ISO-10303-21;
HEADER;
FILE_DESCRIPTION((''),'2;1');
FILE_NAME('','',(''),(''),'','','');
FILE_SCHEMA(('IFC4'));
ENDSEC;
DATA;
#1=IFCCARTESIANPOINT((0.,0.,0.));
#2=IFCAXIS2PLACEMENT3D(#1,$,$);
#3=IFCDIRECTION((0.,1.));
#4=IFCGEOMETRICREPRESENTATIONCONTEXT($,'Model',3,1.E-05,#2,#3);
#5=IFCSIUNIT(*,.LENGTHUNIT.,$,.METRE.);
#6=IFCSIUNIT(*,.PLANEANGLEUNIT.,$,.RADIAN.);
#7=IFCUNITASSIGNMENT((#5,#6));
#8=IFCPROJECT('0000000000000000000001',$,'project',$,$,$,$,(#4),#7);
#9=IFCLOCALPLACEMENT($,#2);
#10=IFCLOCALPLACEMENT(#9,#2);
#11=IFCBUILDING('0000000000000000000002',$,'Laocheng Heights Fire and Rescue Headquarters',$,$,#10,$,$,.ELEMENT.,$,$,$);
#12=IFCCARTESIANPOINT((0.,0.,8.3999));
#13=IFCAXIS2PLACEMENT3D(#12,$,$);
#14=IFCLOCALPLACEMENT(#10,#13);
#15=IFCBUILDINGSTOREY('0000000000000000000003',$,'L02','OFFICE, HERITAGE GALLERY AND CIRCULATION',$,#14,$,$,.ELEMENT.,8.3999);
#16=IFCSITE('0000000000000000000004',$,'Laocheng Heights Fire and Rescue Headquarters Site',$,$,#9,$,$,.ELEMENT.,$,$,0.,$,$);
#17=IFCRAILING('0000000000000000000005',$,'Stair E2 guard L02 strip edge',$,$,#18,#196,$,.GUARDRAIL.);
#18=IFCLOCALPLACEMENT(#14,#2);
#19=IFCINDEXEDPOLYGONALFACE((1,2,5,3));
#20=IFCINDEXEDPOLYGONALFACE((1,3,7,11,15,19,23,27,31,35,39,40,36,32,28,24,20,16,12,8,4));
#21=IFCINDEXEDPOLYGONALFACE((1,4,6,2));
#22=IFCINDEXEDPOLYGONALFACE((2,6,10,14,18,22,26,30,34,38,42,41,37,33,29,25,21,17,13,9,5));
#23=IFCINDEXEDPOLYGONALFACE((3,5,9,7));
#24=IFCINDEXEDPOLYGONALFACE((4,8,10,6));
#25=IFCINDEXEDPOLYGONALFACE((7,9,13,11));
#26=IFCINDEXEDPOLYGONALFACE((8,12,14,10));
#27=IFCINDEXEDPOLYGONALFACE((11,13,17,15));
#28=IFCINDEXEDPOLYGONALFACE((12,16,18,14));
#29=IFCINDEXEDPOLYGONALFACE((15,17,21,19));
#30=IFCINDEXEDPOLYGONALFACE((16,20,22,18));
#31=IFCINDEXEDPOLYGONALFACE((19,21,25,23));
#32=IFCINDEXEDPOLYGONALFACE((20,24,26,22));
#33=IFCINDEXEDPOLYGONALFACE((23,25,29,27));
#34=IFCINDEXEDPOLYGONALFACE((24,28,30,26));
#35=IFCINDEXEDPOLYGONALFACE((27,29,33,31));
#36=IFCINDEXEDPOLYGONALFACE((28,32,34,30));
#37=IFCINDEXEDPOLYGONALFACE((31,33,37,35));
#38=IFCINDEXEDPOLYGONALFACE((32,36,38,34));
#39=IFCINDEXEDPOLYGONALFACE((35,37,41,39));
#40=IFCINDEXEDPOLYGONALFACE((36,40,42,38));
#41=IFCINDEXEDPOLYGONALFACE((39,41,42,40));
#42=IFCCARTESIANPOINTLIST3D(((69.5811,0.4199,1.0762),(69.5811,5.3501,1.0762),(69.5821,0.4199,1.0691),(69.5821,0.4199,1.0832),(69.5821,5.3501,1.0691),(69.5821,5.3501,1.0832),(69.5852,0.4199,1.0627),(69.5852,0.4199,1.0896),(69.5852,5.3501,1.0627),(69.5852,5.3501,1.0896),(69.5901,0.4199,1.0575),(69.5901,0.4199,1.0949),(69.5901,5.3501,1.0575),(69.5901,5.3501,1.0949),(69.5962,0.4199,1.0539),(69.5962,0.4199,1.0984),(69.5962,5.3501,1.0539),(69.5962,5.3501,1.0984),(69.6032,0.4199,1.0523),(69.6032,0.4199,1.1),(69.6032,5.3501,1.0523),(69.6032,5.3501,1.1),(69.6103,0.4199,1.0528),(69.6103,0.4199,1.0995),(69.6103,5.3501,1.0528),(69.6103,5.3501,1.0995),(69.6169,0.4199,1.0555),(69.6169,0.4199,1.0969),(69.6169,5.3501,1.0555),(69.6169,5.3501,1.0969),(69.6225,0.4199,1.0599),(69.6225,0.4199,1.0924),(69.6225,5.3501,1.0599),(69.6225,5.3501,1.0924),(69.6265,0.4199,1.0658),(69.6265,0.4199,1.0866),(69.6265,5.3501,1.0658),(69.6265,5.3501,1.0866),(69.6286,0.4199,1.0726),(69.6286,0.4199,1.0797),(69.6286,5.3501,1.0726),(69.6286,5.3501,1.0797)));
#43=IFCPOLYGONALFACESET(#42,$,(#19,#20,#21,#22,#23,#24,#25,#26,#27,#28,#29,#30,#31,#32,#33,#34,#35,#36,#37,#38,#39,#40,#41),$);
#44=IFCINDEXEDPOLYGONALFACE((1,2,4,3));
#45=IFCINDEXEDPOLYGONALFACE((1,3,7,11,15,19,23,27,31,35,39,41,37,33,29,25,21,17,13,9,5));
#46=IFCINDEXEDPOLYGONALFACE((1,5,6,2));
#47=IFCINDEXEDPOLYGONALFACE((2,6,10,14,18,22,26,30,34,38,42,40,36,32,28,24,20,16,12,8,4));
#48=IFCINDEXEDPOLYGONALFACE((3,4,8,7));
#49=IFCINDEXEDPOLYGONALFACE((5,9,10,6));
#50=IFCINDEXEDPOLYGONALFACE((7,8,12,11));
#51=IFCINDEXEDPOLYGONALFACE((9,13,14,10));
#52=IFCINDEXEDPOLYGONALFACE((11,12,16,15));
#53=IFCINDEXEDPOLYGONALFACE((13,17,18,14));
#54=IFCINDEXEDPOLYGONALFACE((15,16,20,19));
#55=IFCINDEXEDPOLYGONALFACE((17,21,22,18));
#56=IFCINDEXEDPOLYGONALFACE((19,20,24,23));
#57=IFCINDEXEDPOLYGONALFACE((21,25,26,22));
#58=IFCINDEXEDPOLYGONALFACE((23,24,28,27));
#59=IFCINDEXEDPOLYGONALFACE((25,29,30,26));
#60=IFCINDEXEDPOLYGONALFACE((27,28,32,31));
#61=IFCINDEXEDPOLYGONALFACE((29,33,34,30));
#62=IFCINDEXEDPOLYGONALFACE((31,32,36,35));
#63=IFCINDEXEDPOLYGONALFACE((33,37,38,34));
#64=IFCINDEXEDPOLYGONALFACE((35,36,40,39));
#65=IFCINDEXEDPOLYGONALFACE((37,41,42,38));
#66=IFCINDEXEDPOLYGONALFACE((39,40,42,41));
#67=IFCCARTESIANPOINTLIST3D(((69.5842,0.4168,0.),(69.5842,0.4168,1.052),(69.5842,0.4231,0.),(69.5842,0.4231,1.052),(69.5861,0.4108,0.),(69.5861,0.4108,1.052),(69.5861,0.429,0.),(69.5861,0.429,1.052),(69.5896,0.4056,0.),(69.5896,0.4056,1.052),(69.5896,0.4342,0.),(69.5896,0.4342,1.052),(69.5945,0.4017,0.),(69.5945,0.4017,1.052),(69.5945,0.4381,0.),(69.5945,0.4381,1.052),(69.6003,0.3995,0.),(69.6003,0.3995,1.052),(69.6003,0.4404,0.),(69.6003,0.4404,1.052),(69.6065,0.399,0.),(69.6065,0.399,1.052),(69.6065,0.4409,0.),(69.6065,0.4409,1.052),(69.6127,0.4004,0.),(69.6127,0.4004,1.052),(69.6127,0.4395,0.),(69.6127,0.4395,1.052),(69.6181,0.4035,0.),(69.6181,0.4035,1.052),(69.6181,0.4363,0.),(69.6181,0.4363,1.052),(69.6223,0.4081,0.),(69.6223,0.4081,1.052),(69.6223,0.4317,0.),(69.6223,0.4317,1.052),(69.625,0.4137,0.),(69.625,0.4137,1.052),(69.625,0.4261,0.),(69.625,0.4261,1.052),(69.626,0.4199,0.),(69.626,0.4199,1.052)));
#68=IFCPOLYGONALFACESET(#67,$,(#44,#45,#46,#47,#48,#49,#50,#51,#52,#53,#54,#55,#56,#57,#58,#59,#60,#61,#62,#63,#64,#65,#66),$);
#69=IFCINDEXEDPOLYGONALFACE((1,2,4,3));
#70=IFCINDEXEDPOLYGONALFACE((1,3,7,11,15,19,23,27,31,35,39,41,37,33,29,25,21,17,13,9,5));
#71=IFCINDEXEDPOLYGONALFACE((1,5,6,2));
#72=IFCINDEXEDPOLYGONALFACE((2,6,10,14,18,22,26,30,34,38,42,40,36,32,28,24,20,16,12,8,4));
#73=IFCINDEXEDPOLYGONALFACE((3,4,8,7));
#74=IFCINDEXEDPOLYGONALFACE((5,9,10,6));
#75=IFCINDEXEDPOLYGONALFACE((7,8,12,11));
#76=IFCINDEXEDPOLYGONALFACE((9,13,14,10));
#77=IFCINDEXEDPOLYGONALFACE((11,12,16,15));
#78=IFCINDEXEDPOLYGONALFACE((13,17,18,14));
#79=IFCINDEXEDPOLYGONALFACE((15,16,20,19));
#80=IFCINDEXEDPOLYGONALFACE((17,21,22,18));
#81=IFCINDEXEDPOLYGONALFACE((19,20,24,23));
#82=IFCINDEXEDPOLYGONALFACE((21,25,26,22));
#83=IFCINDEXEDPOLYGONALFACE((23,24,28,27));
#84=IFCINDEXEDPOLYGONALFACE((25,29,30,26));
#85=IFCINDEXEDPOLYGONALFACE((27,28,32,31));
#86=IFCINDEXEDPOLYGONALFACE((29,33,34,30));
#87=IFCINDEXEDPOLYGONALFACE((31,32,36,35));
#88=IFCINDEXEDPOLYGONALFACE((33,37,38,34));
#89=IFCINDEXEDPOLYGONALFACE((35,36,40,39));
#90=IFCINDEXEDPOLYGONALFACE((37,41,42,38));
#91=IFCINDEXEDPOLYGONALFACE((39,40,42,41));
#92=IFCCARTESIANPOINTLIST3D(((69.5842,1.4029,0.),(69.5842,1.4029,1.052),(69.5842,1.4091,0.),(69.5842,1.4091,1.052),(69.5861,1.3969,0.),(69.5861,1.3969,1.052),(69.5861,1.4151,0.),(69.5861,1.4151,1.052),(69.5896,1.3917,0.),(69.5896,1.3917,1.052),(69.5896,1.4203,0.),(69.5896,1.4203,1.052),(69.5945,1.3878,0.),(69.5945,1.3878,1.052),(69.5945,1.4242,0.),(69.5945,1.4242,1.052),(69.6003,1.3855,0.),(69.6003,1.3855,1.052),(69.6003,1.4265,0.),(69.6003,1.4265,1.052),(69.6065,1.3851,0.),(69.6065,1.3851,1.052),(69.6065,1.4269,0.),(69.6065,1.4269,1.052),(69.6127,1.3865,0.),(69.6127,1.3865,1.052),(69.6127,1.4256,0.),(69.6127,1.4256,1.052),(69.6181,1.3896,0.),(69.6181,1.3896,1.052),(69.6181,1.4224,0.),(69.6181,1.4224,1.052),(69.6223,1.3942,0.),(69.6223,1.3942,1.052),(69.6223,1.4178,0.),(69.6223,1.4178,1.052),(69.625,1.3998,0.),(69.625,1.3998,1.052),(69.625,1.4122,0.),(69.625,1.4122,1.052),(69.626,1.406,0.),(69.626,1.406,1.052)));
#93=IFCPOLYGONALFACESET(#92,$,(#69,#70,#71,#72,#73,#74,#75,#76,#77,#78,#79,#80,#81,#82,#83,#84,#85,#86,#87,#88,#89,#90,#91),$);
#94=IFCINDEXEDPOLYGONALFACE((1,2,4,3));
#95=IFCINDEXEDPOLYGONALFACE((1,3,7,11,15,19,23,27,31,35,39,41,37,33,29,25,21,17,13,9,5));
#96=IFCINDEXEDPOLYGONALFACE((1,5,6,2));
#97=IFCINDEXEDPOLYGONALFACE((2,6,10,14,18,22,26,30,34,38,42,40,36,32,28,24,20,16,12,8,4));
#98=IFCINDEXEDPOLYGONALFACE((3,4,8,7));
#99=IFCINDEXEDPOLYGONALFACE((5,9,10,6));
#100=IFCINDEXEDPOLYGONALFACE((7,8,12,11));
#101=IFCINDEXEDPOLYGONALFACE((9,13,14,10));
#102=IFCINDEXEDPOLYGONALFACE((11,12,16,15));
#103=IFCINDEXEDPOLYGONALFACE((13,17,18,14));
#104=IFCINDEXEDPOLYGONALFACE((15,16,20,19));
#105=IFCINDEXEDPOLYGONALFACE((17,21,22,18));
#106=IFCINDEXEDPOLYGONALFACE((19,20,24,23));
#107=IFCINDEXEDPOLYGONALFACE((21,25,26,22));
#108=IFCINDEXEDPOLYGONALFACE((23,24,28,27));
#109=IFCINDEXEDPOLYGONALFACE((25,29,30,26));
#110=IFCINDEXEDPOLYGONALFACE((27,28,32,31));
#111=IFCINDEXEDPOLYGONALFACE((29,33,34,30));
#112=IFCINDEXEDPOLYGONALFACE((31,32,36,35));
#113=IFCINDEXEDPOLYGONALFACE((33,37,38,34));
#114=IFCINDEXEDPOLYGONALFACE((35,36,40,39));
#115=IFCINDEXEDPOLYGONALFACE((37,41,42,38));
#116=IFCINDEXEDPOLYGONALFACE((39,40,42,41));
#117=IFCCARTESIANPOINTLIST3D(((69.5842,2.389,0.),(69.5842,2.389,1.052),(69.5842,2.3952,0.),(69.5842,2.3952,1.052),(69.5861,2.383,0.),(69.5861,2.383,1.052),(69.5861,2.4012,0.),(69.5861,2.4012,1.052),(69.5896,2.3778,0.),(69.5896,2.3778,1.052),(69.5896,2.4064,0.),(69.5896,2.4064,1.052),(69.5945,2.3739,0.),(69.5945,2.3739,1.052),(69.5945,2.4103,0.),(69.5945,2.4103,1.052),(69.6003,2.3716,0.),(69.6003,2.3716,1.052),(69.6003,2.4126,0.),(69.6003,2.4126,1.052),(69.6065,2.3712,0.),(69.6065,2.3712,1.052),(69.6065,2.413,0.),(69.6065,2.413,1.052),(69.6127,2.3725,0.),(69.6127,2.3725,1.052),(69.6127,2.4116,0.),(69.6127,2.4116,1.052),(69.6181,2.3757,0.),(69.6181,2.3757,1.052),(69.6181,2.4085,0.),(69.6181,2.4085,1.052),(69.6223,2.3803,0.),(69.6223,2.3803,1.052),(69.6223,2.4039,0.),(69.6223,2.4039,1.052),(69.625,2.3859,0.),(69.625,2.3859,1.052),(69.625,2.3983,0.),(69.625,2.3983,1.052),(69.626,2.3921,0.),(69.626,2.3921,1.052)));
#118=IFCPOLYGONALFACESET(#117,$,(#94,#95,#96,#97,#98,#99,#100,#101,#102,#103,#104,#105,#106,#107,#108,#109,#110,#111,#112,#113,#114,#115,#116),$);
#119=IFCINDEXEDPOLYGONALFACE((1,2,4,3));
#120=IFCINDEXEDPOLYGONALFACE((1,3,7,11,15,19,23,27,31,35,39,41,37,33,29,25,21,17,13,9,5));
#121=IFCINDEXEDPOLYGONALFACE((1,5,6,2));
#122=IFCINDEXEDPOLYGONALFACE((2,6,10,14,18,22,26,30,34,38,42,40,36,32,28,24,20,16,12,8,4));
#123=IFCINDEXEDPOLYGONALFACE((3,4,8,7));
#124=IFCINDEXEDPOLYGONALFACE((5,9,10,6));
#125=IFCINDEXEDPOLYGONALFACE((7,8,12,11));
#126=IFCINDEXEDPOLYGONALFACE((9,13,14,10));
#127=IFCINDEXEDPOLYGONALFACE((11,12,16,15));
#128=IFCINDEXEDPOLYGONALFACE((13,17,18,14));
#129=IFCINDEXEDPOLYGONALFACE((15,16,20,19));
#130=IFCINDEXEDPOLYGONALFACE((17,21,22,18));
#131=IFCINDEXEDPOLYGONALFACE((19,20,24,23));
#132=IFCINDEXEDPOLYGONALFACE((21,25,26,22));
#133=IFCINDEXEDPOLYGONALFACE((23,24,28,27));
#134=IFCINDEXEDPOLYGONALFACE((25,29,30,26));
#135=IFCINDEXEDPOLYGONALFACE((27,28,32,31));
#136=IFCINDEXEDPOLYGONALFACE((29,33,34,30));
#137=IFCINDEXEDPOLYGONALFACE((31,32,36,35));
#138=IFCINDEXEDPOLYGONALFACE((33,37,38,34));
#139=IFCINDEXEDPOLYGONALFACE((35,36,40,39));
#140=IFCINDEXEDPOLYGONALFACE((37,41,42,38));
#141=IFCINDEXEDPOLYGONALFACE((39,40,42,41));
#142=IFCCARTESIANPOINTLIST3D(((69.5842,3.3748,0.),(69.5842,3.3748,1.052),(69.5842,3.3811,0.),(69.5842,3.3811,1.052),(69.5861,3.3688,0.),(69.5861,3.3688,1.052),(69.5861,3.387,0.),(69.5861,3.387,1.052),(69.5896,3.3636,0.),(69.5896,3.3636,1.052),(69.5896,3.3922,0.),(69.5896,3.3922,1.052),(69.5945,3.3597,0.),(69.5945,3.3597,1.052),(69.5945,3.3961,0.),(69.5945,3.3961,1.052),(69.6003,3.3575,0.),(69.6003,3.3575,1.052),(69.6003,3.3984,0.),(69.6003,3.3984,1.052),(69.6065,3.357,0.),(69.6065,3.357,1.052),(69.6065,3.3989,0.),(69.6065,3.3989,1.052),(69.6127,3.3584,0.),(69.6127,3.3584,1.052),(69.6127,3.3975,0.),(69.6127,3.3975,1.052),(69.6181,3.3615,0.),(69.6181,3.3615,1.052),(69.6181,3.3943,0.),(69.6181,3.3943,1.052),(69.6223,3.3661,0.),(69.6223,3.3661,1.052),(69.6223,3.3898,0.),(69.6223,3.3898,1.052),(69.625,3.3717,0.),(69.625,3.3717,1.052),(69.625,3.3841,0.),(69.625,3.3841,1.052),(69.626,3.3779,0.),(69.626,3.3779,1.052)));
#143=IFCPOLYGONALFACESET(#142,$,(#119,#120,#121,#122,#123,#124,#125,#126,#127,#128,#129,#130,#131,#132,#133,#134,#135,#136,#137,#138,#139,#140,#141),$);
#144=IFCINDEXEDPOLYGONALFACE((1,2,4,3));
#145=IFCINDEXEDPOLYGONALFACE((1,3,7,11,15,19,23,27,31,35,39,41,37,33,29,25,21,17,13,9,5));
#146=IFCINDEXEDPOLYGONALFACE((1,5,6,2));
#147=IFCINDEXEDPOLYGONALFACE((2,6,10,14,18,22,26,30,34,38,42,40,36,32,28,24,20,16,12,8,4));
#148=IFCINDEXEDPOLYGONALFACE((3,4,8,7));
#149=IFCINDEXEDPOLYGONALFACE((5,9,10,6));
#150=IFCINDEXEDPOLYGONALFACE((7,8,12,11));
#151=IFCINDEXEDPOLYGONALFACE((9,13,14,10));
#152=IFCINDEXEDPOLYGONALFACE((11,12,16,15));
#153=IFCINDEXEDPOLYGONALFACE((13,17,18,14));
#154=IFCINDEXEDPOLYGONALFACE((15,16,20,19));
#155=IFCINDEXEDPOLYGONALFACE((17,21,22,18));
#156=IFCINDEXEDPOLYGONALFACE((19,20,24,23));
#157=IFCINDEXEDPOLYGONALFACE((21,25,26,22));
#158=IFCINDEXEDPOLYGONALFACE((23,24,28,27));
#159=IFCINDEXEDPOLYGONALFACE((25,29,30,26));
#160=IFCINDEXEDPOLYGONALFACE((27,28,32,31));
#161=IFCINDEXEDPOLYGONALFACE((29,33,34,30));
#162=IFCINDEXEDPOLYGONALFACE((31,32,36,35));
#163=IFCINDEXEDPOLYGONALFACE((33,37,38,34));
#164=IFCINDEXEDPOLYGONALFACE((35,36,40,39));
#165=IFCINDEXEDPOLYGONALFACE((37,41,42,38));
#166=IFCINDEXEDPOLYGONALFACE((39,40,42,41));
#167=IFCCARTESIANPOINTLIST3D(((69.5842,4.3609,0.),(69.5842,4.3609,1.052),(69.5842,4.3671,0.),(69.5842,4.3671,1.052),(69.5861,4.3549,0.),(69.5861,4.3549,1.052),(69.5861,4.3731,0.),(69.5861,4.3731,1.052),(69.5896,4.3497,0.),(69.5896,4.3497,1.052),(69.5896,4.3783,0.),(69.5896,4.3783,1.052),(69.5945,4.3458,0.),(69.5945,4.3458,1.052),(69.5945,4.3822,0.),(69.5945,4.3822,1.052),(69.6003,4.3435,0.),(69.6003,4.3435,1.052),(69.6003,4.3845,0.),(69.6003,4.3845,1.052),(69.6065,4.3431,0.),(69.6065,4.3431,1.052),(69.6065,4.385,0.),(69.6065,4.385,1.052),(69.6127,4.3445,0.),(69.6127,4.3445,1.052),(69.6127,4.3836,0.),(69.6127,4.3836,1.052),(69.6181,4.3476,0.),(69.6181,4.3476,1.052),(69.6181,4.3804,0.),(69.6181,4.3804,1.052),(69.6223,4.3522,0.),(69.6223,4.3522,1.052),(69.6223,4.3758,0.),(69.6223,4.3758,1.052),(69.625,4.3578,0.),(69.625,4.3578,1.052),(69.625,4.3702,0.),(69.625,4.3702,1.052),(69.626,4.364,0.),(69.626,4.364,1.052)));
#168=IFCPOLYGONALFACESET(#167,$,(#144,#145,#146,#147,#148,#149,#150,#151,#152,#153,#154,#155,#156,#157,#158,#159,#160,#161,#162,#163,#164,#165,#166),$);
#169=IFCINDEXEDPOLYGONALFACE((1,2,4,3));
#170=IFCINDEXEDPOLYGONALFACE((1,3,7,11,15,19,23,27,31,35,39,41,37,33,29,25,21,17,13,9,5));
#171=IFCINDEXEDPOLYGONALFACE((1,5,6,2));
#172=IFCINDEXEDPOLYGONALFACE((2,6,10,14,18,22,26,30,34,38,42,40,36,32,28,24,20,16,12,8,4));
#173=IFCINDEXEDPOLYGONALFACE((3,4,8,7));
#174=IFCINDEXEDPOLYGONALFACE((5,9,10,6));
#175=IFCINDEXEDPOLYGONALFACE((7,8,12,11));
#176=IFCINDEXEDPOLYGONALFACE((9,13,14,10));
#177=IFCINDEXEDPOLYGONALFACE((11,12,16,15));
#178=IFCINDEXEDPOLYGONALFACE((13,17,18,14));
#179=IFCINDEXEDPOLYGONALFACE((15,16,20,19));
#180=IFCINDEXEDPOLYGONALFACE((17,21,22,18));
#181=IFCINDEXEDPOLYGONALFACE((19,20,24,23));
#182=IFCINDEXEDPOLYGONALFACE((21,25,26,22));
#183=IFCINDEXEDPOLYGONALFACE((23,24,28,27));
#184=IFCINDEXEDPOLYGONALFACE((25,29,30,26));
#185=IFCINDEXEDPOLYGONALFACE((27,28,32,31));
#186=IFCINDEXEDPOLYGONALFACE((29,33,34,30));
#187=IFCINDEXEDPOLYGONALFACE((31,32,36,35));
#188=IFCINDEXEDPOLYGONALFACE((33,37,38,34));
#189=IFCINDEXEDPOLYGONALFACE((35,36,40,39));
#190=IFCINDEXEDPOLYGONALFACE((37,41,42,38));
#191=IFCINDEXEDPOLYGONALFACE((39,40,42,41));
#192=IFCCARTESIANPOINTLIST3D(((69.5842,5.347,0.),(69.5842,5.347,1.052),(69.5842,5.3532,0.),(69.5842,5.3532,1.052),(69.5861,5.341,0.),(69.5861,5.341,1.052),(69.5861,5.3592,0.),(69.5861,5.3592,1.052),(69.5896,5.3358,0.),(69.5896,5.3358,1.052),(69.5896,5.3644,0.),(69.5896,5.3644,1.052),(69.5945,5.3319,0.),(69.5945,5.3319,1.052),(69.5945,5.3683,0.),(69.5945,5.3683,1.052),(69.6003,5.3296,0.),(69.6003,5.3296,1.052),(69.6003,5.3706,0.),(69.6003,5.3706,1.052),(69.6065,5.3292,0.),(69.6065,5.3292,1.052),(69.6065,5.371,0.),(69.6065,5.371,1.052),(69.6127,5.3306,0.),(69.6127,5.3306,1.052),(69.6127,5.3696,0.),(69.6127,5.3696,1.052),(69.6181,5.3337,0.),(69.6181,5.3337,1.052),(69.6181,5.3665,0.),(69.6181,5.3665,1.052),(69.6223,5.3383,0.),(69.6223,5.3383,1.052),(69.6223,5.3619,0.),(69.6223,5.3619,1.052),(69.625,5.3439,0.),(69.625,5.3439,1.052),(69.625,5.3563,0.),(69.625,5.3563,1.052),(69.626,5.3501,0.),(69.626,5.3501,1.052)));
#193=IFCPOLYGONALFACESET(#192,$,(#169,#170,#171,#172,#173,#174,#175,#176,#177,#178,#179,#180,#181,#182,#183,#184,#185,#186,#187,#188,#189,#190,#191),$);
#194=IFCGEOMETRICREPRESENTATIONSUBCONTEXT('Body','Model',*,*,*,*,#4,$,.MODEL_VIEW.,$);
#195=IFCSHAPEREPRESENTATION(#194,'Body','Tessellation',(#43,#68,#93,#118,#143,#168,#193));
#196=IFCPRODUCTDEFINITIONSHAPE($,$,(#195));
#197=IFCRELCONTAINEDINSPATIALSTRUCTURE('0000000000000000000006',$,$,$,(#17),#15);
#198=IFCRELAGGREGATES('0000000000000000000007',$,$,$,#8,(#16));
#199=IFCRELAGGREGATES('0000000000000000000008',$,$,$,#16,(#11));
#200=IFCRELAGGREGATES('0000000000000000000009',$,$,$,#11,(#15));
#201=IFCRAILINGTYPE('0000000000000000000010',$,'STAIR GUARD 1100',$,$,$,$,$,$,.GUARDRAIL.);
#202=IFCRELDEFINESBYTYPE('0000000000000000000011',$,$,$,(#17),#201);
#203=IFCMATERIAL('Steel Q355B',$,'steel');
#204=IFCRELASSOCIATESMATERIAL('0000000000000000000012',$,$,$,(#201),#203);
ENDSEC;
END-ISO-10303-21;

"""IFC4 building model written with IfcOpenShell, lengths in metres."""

from ifc_helpers import new_model, si_unit, direction, frame, origin, origin_2d, place, context, subcontext, project, spatial, circle, extrude, material, type_object, element, save


model = new_model("IFC4")

# Units and contexts
model_context = context("Model", 3, precision=1e-05, world=origin(), true_north=direction((0.0, 1.0)))
body_context = subcontext(model_context, "Body", "Model", "MODEL_VIEW")
ifc_project = project(units=[si_unit("LENGTHUNIT", "METRE"), si_unit("PLANEANGLEUNIT", "RADIAN")], contexts=[model_context])

# Site, building, storey
site_placement = place(None, origin())
site = spatial("IfcSite", under=ifc_project, at=site_placement, Name="Laocheng Heights Fire and Rescue Headquarters Site", CompositionType="ELEMENT", RefElevation=0.0)
building_placement = place(site_placement, origin())
building = spatial("IfcBuilding", under=site, at=building_placement, Name="Laocheng Heights Fire and Rescue Headquarters", CompositionType="ELEMENT")
storey_placement = place(building_placement, frame((0.0, 0.0, 8.3999)))
storey = spatial("IfcBuildingStorey", under=building, at=storey_placement, Name="L02", Description="OFFICE, HERITAGE GALLERY AND CIRCULATION", CompositionType="ELEMENT", Elevation=8.3999)

# Railing
ifc_material_1 = material(Name="Steel Q355B", Category="steel")
railing_type_1 = type_object("IfcRailingType", Name="STAIR GUARD 1100", PredefinedType="GUARDRAIL", material=ifc_material_1)
railing_1_placement = place(storey_placement, frame((69.605, 0.4199, 0.0)))
element("IfcRailing", 1, at=railing_1_placement, inside=storey, type_object=railing_type_1, Name="Stair E2 guard L02 strip edge", PredefinedType="GUARDRAIL", context=body_context, shape_type="SweptSolid", body=[
    extrude(circle(Radius=0.0239, at=origin_2d()), frame((0.0, 0.0, 1.0762), z_axis=(0.0, 1.0, 0.0), x_axis=(-1.0, 0.0, 0.0)), (0.0, 0.0, 1.0), 4.9302),
    extrude(circle(Radius=0.021, at=origin_2d()), origin(), (0.0, 0.0, 1.0), 1.052),
    extrude(circle(Radius=0.021, at=origin_2d()), frame((0.0, 0.9861, 0.0)), (0.0, 0.0, 1.0), 1.052),
    extrude(circle(Radius=0.021, at=origin_2d()), frame((0.0, 1.9722, 0.0)), (0.0, 0.0, 1.0), 1.052),
    extrude(circle(Radius=0.021, at=origin_2d()), frame((0.0, 2.958, 0.0)), (0.0, 0.0, 1.0), 1.052),
    extrude(circle(Radius=0.021, at=origin_2d()), frame((0.0, 3.9441, 0.0)), (0.0, 0.0, 1.0), 1.052),
    extrude(circle(Radius=0.021, at=origin_2d()), frame((0.0, 4.9302, 0.0)), (0.0, 0.0, 1.0), 1.052),
])

save(model, "model.ifc")
